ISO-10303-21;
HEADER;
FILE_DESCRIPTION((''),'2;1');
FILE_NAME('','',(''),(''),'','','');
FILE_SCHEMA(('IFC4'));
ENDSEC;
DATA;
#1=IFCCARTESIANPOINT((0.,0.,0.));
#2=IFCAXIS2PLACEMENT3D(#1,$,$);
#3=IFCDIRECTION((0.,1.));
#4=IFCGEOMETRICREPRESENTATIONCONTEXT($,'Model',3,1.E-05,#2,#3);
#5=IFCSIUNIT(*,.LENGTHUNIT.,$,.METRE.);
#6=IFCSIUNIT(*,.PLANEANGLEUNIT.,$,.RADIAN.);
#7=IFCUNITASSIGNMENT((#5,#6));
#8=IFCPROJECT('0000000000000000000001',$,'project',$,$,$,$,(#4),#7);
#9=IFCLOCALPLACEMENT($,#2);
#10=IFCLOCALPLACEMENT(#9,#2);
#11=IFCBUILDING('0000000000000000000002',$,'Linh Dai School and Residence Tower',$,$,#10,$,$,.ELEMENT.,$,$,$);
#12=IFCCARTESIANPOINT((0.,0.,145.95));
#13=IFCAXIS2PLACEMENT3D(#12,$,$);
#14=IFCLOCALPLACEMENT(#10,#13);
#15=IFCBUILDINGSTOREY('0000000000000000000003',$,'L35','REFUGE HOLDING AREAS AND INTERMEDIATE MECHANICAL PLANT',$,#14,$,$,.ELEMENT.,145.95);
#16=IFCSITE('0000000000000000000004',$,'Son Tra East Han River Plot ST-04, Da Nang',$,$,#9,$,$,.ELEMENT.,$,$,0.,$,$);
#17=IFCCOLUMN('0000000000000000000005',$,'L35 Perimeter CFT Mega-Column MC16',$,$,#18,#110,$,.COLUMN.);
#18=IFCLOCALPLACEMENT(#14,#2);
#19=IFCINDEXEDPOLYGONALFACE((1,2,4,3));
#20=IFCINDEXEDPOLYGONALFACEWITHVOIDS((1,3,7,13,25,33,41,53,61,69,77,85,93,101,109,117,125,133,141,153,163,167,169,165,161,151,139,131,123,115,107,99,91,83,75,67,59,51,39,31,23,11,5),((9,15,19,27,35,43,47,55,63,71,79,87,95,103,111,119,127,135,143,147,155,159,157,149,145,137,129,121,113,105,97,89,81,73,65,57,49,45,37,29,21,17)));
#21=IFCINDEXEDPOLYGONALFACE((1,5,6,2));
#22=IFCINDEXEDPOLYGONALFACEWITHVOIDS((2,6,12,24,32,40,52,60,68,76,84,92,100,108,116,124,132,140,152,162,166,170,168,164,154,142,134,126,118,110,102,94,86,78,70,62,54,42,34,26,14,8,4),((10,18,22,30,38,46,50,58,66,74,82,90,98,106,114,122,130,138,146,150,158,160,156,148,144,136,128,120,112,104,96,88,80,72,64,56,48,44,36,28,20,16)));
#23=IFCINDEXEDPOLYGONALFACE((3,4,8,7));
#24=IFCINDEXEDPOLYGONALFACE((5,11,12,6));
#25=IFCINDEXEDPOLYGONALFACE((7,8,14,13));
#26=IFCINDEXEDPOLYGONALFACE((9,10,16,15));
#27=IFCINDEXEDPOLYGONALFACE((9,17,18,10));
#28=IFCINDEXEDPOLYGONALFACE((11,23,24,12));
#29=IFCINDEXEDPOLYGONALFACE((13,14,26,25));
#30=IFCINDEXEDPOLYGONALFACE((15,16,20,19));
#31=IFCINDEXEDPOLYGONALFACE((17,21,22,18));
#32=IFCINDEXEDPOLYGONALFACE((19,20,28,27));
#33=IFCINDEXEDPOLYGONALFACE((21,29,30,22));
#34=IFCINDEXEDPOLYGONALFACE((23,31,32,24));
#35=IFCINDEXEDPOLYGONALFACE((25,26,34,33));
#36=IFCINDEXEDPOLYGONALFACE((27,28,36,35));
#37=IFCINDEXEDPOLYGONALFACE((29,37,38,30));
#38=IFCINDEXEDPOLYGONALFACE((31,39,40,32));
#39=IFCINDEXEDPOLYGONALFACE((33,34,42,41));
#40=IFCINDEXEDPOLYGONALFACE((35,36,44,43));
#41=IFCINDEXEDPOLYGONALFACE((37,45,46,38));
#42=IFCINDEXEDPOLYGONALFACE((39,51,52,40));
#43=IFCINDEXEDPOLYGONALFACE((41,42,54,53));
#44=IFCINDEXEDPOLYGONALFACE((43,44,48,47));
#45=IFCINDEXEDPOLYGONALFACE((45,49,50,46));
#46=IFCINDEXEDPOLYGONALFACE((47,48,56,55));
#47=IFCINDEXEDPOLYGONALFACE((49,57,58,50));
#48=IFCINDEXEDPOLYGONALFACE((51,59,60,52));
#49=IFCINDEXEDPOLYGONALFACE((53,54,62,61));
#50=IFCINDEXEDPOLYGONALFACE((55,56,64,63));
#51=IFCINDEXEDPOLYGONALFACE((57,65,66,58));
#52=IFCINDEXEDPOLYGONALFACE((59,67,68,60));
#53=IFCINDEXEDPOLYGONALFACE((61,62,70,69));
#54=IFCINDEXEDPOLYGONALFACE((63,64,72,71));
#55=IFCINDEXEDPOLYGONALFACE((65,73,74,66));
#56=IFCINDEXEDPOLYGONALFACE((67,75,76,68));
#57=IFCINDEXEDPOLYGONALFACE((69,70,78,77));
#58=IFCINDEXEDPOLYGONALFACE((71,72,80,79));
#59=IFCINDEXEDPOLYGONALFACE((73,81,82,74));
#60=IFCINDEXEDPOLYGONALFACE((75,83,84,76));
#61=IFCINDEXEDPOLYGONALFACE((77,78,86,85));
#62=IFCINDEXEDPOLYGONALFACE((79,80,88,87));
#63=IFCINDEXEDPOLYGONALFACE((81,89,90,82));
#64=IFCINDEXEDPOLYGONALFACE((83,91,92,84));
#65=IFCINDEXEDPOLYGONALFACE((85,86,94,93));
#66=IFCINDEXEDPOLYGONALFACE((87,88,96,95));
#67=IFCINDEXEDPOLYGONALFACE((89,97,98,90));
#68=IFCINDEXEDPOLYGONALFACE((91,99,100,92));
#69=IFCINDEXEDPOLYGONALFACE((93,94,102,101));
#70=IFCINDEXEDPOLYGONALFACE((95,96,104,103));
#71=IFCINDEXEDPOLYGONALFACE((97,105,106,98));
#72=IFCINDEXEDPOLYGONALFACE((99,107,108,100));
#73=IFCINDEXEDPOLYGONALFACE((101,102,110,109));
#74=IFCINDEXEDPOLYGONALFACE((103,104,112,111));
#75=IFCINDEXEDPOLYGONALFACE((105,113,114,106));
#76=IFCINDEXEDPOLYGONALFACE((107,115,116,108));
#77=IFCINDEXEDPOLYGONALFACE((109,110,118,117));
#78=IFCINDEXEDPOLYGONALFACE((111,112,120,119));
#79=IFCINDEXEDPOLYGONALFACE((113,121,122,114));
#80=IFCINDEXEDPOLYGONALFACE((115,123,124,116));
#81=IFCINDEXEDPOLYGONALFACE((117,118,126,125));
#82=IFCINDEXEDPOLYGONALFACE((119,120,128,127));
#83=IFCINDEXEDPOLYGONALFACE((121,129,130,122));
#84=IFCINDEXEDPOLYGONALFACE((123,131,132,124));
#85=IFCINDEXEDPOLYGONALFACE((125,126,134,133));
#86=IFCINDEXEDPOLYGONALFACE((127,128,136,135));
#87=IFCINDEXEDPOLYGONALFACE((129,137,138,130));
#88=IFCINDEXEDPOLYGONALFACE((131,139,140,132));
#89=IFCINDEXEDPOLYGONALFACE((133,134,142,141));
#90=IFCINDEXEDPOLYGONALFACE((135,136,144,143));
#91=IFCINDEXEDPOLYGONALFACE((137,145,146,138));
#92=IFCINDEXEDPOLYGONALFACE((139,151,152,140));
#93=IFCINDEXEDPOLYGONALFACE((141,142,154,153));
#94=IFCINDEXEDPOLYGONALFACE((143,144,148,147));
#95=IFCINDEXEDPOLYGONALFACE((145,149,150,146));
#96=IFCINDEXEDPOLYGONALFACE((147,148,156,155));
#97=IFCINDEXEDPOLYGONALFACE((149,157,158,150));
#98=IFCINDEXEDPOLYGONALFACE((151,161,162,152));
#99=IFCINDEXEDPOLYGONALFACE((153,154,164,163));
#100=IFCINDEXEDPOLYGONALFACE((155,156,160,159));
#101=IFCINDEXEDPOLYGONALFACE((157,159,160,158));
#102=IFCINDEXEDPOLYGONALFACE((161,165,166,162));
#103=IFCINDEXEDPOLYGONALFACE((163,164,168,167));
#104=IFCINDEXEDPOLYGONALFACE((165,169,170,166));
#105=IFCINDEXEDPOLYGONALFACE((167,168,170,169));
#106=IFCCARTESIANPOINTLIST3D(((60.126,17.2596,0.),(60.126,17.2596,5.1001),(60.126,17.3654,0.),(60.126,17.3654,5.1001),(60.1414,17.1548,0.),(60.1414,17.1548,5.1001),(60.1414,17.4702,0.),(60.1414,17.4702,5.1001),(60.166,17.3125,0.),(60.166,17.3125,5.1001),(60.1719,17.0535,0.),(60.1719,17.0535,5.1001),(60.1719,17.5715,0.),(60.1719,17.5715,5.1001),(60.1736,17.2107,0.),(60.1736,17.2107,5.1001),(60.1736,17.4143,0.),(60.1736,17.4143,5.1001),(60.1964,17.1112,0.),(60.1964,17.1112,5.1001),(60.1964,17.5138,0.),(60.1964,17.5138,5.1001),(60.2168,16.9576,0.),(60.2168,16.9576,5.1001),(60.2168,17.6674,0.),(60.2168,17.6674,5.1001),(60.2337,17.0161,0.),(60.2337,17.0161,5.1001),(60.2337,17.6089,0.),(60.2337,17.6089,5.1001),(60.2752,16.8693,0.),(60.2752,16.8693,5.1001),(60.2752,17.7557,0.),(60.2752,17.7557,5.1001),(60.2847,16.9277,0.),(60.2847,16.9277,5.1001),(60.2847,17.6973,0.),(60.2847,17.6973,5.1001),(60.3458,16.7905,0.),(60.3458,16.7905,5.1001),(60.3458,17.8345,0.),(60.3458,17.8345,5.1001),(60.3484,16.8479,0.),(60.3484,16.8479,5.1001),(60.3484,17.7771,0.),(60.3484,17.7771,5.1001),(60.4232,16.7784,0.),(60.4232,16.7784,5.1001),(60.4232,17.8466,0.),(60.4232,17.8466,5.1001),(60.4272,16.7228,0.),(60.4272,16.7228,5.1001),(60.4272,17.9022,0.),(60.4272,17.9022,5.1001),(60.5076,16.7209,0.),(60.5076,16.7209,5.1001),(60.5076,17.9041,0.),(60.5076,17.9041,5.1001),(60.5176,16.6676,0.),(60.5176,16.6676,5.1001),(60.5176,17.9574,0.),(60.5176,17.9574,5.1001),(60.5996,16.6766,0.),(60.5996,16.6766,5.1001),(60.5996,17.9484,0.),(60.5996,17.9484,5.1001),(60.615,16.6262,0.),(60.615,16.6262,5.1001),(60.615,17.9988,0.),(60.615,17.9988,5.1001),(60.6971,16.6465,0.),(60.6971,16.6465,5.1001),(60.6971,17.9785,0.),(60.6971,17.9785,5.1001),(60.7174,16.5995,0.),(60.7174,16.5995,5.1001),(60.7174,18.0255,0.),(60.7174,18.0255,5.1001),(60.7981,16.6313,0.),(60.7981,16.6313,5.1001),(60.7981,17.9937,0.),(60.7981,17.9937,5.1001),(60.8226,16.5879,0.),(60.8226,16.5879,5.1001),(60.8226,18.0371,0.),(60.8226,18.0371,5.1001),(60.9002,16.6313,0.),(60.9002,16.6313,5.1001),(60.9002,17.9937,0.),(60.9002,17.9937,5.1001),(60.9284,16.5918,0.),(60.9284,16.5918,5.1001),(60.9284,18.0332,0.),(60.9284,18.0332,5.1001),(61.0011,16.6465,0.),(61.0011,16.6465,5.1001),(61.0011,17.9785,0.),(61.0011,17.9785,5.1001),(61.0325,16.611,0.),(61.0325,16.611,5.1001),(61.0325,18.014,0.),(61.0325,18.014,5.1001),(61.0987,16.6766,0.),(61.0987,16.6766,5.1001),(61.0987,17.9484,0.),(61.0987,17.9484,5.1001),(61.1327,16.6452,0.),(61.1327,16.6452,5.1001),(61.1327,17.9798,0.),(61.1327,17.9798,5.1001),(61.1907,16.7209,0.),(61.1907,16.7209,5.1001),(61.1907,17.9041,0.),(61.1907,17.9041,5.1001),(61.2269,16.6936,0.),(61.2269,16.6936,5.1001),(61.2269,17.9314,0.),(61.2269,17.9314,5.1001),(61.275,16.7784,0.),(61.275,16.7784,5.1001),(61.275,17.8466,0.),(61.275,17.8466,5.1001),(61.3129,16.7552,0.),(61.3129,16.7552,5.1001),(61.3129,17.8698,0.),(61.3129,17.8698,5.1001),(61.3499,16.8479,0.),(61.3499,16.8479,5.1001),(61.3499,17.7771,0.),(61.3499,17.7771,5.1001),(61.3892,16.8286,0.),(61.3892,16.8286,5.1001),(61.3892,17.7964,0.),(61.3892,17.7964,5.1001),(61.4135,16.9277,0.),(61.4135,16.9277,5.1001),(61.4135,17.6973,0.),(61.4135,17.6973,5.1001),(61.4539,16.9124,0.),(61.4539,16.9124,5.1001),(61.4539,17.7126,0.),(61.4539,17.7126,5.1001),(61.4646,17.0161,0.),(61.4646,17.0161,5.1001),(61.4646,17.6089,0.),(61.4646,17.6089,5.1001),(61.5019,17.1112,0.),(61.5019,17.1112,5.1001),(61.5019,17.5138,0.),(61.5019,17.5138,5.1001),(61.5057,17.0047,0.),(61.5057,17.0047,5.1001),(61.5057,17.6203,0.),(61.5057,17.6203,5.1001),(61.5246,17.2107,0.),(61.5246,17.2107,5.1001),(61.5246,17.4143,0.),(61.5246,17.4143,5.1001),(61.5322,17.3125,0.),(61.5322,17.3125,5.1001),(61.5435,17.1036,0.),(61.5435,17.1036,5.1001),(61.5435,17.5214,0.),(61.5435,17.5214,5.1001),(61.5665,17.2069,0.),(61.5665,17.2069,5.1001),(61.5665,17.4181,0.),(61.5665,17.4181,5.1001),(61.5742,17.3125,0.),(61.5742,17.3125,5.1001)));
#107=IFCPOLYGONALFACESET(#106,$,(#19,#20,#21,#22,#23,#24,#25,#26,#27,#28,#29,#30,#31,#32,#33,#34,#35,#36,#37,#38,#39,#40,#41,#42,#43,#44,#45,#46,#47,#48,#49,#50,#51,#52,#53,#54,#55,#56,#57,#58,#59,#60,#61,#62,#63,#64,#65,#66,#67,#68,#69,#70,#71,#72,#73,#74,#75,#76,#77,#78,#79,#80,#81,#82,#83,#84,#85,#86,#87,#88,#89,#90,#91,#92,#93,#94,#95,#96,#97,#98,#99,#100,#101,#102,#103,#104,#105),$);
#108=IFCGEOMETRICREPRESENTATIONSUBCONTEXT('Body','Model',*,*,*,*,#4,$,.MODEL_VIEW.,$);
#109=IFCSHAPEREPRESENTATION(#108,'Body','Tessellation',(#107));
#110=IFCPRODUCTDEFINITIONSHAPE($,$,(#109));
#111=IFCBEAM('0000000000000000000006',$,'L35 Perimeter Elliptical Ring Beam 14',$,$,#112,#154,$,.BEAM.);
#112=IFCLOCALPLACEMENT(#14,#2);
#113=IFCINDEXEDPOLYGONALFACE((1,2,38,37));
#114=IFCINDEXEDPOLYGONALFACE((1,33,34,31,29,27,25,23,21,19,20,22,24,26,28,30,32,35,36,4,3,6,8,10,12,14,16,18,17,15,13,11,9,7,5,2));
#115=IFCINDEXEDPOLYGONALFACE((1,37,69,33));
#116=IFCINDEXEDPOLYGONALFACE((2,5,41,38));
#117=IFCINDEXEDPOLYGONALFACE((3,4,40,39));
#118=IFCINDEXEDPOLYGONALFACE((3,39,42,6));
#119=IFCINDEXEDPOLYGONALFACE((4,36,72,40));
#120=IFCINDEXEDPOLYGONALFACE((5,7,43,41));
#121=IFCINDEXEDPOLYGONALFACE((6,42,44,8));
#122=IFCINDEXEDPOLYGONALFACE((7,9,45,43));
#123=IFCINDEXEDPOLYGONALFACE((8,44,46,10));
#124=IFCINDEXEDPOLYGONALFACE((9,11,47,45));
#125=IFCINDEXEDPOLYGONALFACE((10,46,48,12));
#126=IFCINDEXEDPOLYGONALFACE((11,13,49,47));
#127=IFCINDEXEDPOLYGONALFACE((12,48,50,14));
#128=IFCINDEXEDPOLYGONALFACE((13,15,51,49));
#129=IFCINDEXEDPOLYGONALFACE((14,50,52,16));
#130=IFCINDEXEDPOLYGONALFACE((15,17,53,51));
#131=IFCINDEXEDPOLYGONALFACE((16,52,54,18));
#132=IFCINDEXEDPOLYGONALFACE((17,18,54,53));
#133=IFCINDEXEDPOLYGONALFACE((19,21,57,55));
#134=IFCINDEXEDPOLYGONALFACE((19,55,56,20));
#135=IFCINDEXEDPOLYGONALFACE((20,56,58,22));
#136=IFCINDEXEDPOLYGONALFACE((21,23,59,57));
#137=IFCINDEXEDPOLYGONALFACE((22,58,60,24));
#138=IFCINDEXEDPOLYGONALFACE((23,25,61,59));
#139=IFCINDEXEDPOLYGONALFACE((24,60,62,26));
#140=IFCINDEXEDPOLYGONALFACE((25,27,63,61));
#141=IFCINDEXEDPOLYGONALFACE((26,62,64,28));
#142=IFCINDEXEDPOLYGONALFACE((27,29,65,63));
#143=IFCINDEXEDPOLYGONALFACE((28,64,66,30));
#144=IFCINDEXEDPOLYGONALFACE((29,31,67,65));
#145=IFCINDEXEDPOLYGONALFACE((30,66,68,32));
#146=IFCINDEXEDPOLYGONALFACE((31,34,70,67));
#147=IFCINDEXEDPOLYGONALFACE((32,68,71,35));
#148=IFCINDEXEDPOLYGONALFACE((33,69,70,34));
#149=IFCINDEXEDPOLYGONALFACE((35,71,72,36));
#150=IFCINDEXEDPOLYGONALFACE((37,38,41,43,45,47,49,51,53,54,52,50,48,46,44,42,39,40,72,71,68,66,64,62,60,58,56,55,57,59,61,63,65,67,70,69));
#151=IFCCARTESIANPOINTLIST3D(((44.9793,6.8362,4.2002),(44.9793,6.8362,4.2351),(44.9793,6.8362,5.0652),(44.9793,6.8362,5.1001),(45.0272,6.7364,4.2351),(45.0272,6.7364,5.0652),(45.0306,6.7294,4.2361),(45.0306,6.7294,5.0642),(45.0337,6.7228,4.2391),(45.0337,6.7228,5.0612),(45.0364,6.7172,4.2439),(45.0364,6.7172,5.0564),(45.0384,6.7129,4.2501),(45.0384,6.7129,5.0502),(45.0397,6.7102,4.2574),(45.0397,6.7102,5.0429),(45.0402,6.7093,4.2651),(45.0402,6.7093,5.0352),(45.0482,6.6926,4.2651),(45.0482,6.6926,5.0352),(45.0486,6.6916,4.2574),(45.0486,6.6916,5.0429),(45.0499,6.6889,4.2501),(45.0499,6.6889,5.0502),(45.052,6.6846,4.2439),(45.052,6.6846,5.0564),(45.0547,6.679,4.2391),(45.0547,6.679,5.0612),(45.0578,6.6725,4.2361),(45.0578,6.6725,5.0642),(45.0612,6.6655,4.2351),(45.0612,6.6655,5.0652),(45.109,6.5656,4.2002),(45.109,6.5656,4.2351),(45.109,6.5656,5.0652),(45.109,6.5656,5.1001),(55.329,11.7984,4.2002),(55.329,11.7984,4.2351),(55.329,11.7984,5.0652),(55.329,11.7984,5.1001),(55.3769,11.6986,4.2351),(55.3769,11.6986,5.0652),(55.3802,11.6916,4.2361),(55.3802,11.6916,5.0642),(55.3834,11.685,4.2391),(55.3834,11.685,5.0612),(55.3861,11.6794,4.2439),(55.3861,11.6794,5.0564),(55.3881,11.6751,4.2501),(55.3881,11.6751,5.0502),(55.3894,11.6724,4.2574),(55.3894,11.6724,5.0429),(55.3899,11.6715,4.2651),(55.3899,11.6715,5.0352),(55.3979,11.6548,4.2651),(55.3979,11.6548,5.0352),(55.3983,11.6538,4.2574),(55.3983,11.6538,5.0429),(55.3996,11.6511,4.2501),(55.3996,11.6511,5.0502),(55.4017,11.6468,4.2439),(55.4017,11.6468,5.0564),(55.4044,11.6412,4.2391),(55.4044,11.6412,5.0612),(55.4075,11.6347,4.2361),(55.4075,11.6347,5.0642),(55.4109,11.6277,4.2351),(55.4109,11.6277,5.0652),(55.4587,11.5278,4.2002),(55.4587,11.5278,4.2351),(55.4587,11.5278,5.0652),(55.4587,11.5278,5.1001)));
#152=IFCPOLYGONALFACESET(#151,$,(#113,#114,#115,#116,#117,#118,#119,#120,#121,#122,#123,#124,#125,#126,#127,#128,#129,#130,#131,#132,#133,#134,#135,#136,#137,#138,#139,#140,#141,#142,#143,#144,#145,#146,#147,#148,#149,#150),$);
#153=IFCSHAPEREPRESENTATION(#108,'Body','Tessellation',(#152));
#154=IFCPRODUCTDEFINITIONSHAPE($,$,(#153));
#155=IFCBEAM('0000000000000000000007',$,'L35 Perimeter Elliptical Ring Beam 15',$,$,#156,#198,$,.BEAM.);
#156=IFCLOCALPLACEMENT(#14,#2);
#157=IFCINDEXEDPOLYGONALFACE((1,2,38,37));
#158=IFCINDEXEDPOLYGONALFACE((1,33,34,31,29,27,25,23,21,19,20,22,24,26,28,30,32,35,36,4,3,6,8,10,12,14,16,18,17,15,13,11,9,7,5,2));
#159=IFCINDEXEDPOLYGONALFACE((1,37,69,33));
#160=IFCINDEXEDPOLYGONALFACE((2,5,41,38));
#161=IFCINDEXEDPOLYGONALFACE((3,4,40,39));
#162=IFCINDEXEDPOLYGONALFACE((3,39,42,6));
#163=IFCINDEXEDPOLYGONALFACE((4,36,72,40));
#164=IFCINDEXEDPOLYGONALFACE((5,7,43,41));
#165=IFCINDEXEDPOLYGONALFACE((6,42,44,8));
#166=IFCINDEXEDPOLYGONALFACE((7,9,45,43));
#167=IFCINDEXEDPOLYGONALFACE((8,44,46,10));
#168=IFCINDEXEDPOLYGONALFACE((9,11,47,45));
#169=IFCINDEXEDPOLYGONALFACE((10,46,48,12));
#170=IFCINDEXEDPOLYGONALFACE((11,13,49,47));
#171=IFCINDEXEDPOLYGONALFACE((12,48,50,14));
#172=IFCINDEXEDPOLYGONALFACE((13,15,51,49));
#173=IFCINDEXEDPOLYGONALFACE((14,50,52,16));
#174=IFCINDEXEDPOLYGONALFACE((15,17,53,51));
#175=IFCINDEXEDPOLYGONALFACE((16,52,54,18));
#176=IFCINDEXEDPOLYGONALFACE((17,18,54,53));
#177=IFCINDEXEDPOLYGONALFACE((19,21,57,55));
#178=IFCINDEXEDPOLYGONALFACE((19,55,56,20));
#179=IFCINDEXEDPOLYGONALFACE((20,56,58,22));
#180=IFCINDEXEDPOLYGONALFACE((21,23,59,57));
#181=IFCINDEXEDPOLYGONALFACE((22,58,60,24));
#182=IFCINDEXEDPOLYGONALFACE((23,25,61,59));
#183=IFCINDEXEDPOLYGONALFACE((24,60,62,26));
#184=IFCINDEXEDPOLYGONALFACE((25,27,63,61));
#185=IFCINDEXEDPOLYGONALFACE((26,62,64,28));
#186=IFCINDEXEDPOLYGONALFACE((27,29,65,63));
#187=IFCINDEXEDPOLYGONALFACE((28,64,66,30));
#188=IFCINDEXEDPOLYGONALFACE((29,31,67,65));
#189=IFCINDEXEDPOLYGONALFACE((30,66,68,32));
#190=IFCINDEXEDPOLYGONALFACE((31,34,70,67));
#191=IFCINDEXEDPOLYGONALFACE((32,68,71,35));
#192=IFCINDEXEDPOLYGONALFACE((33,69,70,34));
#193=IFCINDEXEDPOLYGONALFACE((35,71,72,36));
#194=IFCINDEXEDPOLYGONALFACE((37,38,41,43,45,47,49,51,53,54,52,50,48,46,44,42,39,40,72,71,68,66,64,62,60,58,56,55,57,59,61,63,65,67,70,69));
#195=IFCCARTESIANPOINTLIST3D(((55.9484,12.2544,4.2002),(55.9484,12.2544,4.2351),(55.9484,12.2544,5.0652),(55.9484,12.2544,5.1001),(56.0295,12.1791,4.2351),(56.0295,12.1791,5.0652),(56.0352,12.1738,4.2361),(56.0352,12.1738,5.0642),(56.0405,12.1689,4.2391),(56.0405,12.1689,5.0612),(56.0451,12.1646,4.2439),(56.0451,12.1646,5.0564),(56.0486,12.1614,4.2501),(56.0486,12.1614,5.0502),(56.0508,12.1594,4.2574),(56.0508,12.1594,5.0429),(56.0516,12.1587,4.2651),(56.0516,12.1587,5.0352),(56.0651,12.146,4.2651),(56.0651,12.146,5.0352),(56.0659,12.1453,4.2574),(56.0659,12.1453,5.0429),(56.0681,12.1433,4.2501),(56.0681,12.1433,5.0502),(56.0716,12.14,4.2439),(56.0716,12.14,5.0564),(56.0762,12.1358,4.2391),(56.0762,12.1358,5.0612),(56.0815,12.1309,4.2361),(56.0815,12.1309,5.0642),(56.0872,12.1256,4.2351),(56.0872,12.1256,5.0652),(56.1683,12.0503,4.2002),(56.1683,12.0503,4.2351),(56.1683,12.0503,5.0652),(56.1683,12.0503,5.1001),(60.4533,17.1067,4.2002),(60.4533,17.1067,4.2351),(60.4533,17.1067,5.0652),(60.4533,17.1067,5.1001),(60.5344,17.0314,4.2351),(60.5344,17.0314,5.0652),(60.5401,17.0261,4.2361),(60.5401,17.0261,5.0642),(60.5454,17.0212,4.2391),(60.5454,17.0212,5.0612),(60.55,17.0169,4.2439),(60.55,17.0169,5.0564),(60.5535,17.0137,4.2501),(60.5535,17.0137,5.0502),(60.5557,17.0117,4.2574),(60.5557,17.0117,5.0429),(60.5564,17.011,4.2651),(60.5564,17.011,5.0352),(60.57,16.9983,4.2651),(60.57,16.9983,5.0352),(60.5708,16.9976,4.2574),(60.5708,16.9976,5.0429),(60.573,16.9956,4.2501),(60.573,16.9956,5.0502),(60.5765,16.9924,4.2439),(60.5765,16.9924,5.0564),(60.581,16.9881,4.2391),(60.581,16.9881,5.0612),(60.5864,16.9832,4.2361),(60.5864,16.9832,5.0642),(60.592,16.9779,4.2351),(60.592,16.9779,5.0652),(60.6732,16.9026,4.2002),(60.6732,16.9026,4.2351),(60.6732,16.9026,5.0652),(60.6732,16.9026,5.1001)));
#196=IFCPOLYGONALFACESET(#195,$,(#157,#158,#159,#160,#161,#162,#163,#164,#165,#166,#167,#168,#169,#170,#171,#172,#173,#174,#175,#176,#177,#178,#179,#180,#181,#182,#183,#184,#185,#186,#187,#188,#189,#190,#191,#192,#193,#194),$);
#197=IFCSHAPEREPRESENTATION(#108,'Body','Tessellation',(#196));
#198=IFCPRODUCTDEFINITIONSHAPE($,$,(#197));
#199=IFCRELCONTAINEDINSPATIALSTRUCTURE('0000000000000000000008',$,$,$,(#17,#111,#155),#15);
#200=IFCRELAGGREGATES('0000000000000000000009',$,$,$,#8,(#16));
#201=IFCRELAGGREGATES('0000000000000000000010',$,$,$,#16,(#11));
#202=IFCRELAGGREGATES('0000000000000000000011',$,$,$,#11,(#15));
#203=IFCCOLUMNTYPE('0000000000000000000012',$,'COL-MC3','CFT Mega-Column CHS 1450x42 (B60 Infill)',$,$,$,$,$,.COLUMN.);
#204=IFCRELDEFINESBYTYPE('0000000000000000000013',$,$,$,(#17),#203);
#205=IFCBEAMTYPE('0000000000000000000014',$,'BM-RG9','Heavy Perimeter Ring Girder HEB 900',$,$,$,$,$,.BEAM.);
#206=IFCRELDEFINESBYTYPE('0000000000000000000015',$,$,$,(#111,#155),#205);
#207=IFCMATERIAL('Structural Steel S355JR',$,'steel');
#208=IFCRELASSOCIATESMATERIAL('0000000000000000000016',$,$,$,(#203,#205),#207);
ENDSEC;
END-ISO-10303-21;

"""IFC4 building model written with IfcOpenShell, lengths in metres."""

from ifc_helpers import new_model, si_unit, direction, frame, origin, origin_2d, place, context, subcontext, project, spatial, hollow_circle, i_section, extrude, material, material_profile, profile_set, type_object, element, save


model = new_model("IFC4")

# Units and contexts
model_context = context("Model", 3, precision=1e-05, world=origin(), true_north=direction((0.0, 1.0)))
body_context = subcontext(model_context, "Body", "Model", "MODEL_VIEW")
ifc_project = project(units=[si_unit("LENGTHUNIT", "METRE"), si_unit("PLANEANGLEUNIT", "RADIAN")], contexts=[model_context])

# Site, building, storey
site_placement = place(None, origin())
site = spatial("IfcSite", under=ifc_project, at=site_placement, Name="Son Tra East Han River Plot ST-04, Da Nang", CompositionType="ELEMENT", RefElevation=0.0)
building_placement = place(site_placement, origin())
building = spatial("IfcBuilding", under=site, at=building_placement, Name="Linh Dai School and Residence Tower", CompositionType="ELEMENT")
storey_placement = place(building_placement, frame((0.0, 0.0, 145.95)))
storey = spatial("IfcBuildingStorey", under=building, at=storey_placement, Name="L35", Description="REFUGE HOLDING AREAS AND INTERMEDIATE MECHANICAL PLANT", CompositionType="ELEMENT", Elevation=145.95)

# Column
ifc_material_1 = material(Name="Structural Steel S355JR", Category="steel")
ifc_material_profile_1 = material_profile(ifc_material_1, hollow_circle(Radius=0.7251, WallThickness=0.042, at=origin_2d()), Name="CHS 1450x42")
ifc_profile_set_1 = profile_set([ifc_material_profile_1], Name="Structural Steel S355JR")
column_type = type_object("IfcColumnType", Name="COL-MC3", Description="CFT Mega-Column CHS 1450x42 (B60 Infill)", PredefinedType="COLUMN", material=ifc_profile_set_1)
for number, where, z_axis, x_axis, name in (
    (1, (60.8491, 17.3125, 0.0), (0.0, 0.0, 1.0), (1.0, 0.0, 0.0), "L35 Perimeter CFT Mega-Column MC16"),
):
    element("IfcColumn", number, at=place(storey_placement, frame(where, z_axis=z_axis, x_axis=x_axis)), inside=storey, type_object=column_type, Name=name, PredefinedType="COLUMN", context=body_context, shape_type="SweptSolid", body=[
        extrude(hollow_circle(Radius=0.7251, WallThickness=0.042, at=origin_2d()), origin(), (0.0, 0.0, 1.0), 5.1001),
    ])

# Beams
ifc_material_profile_2 = material_profile(ifc_material_1, i_section(OverallWidth=0.3, OverallDepth=0.8999, WebThickness=0.0186, FlangeThickness=0.0349, FilletRadius=0.03, at=origin_2d()), Name="HEB 900")
ifc_profile_set_2 = profile_set([ifc_material_profile_2], Name="Structural Steel S355JR")
beam_type_1 = type_object("IfcBeamType", Name="BM-RG9", Description="Heavy Perimeter Ring Girder HEB 900", PredefinedType="BEAM", material=ifc_profile_set_2)
beam_1_placement = place(storey_placement, frame((45.0442, 6.7009, 4.6501), z_axis=(0.901715, 0.432331, 0.0), x_axis=(-0.432331, 0.901715, 0.0)))
element("IfcBeam", 2, at=beam_1_placement, inside=storey, type_object=beam_type_1, Name="L35 Perimeter Elliptical Ring Beam 14", PredefinedType="BEAM", context=body_context, shape_type="SweptSolid", body=[
    extrude(i_section(OverallWidth=0.3, OverallDepth=0.8999, WebThickness=0.0186, FlangeThickness=0.0349, FilletRadius=0.03, at=origin_2d()), origin(), (0.0, 0.0, 1.0), 11.4778),
])
beam_2_placement = place(storey_placement, frame((56.0583, 12.1523, 4.6501), z_axis=(0.680385, 0.732855, 0.0), x_axis=(-0.732855, 0.680385, 0.0)))
element("IfcBeam", 3, at=beam_2_placement, inside=storey, type_object=beam_type_1, Name="L35 Perimeter Elliptical Ring Beam 15", PredefinedType="BEAM", context=body_context, shape_type="SweptSolid", body=[
    extrude(i_section(OverallWidth=0.3, OverallDepth=0.8999, WebThickness=0.0186, FlangeThickness=0.0349, FilletRadius=0.03, at=origin_2d()), origin(), (0.0, 0.0, 1.0), 6.6211),
])

save(model, "model.ifc")
